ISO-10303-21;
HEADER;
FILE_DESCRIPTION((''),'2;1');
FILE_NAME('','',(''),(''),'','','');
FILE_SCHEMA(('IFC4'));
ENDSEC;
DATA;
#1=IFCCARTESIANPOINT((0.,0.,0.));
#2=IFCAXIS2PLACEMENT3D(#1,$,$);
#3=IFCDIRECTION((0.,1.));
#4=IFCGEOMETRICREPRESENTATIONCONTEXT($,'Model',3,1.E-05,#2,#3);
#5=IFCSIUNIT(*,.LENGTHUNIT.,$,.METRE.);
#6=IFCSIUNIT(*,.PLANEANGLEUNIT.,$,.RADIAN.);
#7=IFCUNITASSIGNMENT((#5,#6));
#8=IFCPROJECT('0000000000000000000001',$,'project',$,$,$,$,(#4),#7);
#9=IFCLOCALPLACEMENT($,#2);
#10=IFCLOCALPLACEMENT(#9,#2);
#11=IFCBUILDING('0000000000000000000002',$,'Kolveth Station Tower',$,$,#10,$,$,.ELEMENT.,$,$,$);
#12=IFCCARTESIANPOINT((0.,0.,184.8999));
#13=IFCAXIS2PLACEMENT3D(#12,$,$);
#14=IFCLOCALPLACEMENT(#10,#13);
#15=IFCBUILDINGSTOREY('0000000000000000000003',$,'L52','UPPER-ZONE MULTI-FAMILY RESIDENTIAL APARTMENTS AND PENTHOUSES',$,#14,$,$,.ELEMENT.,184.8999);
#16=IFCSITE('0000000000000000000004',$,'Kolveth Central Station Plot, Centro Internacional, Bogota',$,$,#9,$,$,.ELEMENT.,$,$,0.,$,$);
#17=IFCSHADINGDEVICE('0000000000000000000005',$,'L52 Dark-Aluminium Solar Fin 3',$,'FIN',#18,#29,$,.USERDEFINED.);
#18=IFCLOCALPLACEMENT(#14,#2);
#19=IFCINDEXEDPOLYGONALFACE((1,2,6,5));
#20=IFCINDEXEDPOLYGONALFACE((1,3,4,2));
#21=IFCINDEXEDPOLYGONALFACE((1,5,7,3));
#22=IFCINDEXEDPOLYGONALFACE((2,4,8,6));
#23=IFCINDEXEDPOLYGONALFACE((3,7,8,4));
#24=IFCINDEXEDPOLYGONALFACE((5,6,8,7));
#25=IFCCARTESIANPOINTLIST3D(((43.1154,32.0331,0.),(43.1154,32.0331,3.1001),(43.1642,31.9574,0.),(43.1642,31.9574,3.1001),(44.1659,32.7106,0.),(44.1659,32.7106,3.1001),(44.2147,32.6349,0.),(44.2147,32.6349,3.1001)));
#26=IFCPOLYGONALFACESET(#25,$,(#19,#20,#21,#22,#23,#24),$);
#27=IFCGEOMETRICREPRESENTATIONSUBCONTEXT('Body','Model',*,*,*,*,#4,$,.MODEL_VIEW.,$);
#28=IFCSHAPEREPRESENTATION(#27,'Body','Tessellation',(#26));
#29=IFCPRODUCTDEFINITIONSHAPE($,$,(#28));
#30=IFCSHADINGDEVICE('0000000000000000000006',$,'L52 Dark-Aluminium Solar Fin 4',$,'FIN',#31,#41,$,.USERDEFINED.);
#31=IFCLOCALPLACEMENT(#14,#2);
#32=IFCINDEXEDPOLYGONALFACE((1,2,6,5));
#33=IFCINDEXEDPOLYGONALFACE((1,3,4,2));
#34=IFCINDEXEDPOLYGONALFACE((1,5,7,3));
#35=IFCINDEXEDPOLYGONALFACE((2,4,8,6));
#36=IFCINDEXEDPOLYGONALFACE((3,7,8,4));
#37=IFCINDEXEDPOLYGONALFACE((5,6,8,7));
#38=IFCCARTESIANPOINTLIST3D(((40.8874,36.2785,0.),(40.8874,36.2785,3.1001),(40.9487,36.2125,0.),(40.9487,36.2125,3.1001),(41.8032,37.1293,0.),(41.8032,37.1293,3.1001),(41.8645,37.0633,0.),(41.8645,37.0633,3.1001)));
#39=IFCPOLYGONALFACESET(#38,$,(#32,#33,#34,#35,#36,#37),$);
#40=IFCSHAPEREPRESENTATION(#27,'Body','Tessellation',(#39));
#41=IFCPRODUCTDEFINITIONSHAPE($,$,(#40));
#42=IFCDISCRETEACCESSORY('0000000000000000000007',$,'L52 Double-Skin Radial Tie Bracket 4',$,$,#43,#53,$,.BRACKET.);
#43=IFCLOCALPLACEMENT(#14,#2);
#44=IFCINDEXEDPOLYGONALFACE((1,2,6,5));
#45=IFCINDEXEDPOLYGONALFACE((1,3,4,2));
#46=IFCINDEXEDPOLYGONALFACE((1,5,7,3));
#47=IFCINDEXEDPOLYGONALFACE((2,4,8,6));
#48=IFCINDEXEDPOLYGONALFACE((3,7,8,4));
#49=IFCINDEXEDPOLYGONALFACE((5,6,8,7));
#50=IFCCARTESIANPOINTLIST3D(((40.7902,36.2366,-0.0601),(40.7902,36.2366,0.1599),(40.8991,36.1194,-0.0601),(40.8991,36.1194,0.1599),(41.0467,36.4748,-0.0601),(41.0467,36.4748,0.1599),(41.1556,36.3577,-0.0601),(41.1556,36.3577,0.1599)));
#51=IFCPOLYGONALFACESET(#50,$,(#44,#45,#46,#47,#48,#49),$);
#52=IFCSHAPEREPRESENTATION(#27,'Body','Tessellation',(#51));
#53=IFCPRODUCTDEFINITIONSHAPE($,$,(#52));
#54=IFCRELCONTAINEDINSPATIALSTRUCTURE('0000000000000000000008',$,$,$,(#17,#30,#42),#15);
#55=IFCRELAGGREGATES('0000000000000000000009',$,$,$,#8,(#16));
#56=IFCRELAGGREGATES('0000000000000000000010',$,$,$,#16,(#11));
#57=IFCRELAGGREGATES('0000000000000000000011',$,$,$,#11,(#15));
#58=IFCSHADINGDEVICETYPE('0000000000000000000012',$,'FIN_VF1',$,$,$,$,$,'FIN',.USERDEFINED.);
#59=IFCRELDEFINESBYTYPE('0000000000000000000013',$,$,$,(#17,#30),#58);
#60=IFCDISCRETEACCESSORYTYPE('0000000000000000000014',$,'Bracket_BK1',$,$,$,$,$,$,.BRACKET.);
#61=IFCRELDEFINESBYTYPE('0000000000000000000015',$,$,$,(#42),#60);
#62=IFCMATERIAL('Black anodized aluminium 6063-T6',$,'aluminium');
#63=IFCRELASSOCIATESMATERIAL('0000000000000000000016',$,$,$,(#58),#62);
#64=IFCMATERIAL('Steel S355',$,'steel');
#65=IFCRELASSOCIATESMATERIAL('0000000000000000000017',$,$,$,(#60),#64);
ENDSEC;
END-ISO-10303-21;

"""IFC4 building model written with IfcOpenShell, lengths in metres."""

from ifc_helpers import new_model, si_unit, direction, frame, origin, origin_2d, place, context, subcontext, project, spatial, rectangle, extrude, source, transform, mapped, material, type_object, element, save


model = new_model("IFC4")

# Units and contexts
model_context = context("Model", 3, precision=1e-05, world=origin(), true_north=direction((0.0, 1.0)))
body_context = subcontext(model_context, "Body", "Model", "MODEL_VIEW")
ifc_project = project(units=[si_unit("LENGTHUNIT", "METRE"), si_unit("PLANEANGLEUNIT", "RADIAN")], contexts=[model_context])

# Site, building, storey
site_placement = place(None, origin())
site = spatial("IfcSite", under=ifc_project, at=site_placement, Name="Kolveth Central Station Plot, Centro Internacional, Bogota", CompositionType="ELEMENT", RefElevation=0.0)
building_placement = place(site_placement, origin())
building = spatial("IfcBuilding", under=site, at=building_placement, Name="Kolveth Station Tower", CompositionType="ELEMENT")
storey_placement = place(building_placement, frame((0.0, 0.0, 184.8999)))
storey = spatial("IfcBuildingStorey", under=building, at=storey_placement, Name="L52", Description="UPPER-ZONE MULTI-FAMILY RESIDENTIAL APARTMENTS AND PENTHOUSES", CompositionType="ELEMENT", Elevation=184.8999)

# Shared definitions
ifc_material_1 = material(Name="Steel S355", Category="steel")

# Shared definitions
ifc_material_2 = material(Name="Black anodized aluminium 6063-T6", Category="aluminium")

# Shading devices
shading_device_type = type_object("IfcShadingDeviceType", Name="FIN_VF1", ElementType="FIN", PredefinedType="USERDEFINED", material=ifc_material_2)
shared_shape_1 = source(origin(), body_context, "Body", "SweptSolid", [
    extrude(rectangle(XDim=1.25, YDim=0.0901, at=origin_2d()), origin(), (0.0, 0.0, 1.0), 3.1001),
])
for number, where, z_axis, x_axis, name in (
    (1, (43.665, 32.334, 0.0), (0.0, 0.0, 1.0), (0.840377, 0.542002, 0.0), "L52 Dark-Aluminium Solar Fin 3"),
    (2, (41.376, 36.6709, 0.0), (0.0, 0.0, 1.0), (0.732662, 0.680593, 0.0), "L52 Dark-Aluminium Solar Fin 4"),
):
    element("IfcShadingDevice", number, at=place(storey_placement, frame(where, z_axis=z_axis, x_axis=x_axis)), inside=storey, type_object=shading_device_type, Name=name, ObjectType="FIN", PredefinedType="USERDEFINED", context=body_context, shape_type="MappedRepresentation", body=[
        mapped(shared_shape_1, transform((0.0, 0.0, 0.0), x_axis=(1.0, 0.0, 0.0), y_axis=(0.0, 1.0, 0.0), z_axis=(0.0, 0.0, 1.0), scale=1.0)),
    ])

# Discrete accessory
discrete_accessory_type = type_object("IfcDiscreteAccessoryType", Name="Bracket_BK1", PredefinedType="BRACKET", material=ifc_material_1)
shared_shape_2 = source(origin(), body_context, "Body", "SweptSolid", [
    extrude(rectangle(XDim=0.3501, YDim=0.1599, at=origin_2d()), origin(), (0.0, 0.0, 1.0), 0.22),
])
discrete_accessory_placement = place(storey_placement, frame((40.9729, 36.2971, -0.0601), z_axis=(0.0, 0.0, 1.0), x_axis=(0.732662, 0.680593, 0.0)))
element("IfcDiscreteAccessory", 3, at=discrete_accessory_placement, inside=storey, type_object=discrete_accessory_type, Name="L52 Double-Skin Radial Tie Bracket 4", PredefinedType="BRACKET", context=body_context, shape_type="MappedRepresentation", body=[
    mapped(shared_shape_2, transform((0.0, 0.0, 0.0), x_axis=(1.0, 0.0, 0.0), y_axis=(0.0, 1.0, 0.0), z_axis=(0.0, 0.0, 1.0), scale=1.0)),
])

save(model, "model.ifc")
